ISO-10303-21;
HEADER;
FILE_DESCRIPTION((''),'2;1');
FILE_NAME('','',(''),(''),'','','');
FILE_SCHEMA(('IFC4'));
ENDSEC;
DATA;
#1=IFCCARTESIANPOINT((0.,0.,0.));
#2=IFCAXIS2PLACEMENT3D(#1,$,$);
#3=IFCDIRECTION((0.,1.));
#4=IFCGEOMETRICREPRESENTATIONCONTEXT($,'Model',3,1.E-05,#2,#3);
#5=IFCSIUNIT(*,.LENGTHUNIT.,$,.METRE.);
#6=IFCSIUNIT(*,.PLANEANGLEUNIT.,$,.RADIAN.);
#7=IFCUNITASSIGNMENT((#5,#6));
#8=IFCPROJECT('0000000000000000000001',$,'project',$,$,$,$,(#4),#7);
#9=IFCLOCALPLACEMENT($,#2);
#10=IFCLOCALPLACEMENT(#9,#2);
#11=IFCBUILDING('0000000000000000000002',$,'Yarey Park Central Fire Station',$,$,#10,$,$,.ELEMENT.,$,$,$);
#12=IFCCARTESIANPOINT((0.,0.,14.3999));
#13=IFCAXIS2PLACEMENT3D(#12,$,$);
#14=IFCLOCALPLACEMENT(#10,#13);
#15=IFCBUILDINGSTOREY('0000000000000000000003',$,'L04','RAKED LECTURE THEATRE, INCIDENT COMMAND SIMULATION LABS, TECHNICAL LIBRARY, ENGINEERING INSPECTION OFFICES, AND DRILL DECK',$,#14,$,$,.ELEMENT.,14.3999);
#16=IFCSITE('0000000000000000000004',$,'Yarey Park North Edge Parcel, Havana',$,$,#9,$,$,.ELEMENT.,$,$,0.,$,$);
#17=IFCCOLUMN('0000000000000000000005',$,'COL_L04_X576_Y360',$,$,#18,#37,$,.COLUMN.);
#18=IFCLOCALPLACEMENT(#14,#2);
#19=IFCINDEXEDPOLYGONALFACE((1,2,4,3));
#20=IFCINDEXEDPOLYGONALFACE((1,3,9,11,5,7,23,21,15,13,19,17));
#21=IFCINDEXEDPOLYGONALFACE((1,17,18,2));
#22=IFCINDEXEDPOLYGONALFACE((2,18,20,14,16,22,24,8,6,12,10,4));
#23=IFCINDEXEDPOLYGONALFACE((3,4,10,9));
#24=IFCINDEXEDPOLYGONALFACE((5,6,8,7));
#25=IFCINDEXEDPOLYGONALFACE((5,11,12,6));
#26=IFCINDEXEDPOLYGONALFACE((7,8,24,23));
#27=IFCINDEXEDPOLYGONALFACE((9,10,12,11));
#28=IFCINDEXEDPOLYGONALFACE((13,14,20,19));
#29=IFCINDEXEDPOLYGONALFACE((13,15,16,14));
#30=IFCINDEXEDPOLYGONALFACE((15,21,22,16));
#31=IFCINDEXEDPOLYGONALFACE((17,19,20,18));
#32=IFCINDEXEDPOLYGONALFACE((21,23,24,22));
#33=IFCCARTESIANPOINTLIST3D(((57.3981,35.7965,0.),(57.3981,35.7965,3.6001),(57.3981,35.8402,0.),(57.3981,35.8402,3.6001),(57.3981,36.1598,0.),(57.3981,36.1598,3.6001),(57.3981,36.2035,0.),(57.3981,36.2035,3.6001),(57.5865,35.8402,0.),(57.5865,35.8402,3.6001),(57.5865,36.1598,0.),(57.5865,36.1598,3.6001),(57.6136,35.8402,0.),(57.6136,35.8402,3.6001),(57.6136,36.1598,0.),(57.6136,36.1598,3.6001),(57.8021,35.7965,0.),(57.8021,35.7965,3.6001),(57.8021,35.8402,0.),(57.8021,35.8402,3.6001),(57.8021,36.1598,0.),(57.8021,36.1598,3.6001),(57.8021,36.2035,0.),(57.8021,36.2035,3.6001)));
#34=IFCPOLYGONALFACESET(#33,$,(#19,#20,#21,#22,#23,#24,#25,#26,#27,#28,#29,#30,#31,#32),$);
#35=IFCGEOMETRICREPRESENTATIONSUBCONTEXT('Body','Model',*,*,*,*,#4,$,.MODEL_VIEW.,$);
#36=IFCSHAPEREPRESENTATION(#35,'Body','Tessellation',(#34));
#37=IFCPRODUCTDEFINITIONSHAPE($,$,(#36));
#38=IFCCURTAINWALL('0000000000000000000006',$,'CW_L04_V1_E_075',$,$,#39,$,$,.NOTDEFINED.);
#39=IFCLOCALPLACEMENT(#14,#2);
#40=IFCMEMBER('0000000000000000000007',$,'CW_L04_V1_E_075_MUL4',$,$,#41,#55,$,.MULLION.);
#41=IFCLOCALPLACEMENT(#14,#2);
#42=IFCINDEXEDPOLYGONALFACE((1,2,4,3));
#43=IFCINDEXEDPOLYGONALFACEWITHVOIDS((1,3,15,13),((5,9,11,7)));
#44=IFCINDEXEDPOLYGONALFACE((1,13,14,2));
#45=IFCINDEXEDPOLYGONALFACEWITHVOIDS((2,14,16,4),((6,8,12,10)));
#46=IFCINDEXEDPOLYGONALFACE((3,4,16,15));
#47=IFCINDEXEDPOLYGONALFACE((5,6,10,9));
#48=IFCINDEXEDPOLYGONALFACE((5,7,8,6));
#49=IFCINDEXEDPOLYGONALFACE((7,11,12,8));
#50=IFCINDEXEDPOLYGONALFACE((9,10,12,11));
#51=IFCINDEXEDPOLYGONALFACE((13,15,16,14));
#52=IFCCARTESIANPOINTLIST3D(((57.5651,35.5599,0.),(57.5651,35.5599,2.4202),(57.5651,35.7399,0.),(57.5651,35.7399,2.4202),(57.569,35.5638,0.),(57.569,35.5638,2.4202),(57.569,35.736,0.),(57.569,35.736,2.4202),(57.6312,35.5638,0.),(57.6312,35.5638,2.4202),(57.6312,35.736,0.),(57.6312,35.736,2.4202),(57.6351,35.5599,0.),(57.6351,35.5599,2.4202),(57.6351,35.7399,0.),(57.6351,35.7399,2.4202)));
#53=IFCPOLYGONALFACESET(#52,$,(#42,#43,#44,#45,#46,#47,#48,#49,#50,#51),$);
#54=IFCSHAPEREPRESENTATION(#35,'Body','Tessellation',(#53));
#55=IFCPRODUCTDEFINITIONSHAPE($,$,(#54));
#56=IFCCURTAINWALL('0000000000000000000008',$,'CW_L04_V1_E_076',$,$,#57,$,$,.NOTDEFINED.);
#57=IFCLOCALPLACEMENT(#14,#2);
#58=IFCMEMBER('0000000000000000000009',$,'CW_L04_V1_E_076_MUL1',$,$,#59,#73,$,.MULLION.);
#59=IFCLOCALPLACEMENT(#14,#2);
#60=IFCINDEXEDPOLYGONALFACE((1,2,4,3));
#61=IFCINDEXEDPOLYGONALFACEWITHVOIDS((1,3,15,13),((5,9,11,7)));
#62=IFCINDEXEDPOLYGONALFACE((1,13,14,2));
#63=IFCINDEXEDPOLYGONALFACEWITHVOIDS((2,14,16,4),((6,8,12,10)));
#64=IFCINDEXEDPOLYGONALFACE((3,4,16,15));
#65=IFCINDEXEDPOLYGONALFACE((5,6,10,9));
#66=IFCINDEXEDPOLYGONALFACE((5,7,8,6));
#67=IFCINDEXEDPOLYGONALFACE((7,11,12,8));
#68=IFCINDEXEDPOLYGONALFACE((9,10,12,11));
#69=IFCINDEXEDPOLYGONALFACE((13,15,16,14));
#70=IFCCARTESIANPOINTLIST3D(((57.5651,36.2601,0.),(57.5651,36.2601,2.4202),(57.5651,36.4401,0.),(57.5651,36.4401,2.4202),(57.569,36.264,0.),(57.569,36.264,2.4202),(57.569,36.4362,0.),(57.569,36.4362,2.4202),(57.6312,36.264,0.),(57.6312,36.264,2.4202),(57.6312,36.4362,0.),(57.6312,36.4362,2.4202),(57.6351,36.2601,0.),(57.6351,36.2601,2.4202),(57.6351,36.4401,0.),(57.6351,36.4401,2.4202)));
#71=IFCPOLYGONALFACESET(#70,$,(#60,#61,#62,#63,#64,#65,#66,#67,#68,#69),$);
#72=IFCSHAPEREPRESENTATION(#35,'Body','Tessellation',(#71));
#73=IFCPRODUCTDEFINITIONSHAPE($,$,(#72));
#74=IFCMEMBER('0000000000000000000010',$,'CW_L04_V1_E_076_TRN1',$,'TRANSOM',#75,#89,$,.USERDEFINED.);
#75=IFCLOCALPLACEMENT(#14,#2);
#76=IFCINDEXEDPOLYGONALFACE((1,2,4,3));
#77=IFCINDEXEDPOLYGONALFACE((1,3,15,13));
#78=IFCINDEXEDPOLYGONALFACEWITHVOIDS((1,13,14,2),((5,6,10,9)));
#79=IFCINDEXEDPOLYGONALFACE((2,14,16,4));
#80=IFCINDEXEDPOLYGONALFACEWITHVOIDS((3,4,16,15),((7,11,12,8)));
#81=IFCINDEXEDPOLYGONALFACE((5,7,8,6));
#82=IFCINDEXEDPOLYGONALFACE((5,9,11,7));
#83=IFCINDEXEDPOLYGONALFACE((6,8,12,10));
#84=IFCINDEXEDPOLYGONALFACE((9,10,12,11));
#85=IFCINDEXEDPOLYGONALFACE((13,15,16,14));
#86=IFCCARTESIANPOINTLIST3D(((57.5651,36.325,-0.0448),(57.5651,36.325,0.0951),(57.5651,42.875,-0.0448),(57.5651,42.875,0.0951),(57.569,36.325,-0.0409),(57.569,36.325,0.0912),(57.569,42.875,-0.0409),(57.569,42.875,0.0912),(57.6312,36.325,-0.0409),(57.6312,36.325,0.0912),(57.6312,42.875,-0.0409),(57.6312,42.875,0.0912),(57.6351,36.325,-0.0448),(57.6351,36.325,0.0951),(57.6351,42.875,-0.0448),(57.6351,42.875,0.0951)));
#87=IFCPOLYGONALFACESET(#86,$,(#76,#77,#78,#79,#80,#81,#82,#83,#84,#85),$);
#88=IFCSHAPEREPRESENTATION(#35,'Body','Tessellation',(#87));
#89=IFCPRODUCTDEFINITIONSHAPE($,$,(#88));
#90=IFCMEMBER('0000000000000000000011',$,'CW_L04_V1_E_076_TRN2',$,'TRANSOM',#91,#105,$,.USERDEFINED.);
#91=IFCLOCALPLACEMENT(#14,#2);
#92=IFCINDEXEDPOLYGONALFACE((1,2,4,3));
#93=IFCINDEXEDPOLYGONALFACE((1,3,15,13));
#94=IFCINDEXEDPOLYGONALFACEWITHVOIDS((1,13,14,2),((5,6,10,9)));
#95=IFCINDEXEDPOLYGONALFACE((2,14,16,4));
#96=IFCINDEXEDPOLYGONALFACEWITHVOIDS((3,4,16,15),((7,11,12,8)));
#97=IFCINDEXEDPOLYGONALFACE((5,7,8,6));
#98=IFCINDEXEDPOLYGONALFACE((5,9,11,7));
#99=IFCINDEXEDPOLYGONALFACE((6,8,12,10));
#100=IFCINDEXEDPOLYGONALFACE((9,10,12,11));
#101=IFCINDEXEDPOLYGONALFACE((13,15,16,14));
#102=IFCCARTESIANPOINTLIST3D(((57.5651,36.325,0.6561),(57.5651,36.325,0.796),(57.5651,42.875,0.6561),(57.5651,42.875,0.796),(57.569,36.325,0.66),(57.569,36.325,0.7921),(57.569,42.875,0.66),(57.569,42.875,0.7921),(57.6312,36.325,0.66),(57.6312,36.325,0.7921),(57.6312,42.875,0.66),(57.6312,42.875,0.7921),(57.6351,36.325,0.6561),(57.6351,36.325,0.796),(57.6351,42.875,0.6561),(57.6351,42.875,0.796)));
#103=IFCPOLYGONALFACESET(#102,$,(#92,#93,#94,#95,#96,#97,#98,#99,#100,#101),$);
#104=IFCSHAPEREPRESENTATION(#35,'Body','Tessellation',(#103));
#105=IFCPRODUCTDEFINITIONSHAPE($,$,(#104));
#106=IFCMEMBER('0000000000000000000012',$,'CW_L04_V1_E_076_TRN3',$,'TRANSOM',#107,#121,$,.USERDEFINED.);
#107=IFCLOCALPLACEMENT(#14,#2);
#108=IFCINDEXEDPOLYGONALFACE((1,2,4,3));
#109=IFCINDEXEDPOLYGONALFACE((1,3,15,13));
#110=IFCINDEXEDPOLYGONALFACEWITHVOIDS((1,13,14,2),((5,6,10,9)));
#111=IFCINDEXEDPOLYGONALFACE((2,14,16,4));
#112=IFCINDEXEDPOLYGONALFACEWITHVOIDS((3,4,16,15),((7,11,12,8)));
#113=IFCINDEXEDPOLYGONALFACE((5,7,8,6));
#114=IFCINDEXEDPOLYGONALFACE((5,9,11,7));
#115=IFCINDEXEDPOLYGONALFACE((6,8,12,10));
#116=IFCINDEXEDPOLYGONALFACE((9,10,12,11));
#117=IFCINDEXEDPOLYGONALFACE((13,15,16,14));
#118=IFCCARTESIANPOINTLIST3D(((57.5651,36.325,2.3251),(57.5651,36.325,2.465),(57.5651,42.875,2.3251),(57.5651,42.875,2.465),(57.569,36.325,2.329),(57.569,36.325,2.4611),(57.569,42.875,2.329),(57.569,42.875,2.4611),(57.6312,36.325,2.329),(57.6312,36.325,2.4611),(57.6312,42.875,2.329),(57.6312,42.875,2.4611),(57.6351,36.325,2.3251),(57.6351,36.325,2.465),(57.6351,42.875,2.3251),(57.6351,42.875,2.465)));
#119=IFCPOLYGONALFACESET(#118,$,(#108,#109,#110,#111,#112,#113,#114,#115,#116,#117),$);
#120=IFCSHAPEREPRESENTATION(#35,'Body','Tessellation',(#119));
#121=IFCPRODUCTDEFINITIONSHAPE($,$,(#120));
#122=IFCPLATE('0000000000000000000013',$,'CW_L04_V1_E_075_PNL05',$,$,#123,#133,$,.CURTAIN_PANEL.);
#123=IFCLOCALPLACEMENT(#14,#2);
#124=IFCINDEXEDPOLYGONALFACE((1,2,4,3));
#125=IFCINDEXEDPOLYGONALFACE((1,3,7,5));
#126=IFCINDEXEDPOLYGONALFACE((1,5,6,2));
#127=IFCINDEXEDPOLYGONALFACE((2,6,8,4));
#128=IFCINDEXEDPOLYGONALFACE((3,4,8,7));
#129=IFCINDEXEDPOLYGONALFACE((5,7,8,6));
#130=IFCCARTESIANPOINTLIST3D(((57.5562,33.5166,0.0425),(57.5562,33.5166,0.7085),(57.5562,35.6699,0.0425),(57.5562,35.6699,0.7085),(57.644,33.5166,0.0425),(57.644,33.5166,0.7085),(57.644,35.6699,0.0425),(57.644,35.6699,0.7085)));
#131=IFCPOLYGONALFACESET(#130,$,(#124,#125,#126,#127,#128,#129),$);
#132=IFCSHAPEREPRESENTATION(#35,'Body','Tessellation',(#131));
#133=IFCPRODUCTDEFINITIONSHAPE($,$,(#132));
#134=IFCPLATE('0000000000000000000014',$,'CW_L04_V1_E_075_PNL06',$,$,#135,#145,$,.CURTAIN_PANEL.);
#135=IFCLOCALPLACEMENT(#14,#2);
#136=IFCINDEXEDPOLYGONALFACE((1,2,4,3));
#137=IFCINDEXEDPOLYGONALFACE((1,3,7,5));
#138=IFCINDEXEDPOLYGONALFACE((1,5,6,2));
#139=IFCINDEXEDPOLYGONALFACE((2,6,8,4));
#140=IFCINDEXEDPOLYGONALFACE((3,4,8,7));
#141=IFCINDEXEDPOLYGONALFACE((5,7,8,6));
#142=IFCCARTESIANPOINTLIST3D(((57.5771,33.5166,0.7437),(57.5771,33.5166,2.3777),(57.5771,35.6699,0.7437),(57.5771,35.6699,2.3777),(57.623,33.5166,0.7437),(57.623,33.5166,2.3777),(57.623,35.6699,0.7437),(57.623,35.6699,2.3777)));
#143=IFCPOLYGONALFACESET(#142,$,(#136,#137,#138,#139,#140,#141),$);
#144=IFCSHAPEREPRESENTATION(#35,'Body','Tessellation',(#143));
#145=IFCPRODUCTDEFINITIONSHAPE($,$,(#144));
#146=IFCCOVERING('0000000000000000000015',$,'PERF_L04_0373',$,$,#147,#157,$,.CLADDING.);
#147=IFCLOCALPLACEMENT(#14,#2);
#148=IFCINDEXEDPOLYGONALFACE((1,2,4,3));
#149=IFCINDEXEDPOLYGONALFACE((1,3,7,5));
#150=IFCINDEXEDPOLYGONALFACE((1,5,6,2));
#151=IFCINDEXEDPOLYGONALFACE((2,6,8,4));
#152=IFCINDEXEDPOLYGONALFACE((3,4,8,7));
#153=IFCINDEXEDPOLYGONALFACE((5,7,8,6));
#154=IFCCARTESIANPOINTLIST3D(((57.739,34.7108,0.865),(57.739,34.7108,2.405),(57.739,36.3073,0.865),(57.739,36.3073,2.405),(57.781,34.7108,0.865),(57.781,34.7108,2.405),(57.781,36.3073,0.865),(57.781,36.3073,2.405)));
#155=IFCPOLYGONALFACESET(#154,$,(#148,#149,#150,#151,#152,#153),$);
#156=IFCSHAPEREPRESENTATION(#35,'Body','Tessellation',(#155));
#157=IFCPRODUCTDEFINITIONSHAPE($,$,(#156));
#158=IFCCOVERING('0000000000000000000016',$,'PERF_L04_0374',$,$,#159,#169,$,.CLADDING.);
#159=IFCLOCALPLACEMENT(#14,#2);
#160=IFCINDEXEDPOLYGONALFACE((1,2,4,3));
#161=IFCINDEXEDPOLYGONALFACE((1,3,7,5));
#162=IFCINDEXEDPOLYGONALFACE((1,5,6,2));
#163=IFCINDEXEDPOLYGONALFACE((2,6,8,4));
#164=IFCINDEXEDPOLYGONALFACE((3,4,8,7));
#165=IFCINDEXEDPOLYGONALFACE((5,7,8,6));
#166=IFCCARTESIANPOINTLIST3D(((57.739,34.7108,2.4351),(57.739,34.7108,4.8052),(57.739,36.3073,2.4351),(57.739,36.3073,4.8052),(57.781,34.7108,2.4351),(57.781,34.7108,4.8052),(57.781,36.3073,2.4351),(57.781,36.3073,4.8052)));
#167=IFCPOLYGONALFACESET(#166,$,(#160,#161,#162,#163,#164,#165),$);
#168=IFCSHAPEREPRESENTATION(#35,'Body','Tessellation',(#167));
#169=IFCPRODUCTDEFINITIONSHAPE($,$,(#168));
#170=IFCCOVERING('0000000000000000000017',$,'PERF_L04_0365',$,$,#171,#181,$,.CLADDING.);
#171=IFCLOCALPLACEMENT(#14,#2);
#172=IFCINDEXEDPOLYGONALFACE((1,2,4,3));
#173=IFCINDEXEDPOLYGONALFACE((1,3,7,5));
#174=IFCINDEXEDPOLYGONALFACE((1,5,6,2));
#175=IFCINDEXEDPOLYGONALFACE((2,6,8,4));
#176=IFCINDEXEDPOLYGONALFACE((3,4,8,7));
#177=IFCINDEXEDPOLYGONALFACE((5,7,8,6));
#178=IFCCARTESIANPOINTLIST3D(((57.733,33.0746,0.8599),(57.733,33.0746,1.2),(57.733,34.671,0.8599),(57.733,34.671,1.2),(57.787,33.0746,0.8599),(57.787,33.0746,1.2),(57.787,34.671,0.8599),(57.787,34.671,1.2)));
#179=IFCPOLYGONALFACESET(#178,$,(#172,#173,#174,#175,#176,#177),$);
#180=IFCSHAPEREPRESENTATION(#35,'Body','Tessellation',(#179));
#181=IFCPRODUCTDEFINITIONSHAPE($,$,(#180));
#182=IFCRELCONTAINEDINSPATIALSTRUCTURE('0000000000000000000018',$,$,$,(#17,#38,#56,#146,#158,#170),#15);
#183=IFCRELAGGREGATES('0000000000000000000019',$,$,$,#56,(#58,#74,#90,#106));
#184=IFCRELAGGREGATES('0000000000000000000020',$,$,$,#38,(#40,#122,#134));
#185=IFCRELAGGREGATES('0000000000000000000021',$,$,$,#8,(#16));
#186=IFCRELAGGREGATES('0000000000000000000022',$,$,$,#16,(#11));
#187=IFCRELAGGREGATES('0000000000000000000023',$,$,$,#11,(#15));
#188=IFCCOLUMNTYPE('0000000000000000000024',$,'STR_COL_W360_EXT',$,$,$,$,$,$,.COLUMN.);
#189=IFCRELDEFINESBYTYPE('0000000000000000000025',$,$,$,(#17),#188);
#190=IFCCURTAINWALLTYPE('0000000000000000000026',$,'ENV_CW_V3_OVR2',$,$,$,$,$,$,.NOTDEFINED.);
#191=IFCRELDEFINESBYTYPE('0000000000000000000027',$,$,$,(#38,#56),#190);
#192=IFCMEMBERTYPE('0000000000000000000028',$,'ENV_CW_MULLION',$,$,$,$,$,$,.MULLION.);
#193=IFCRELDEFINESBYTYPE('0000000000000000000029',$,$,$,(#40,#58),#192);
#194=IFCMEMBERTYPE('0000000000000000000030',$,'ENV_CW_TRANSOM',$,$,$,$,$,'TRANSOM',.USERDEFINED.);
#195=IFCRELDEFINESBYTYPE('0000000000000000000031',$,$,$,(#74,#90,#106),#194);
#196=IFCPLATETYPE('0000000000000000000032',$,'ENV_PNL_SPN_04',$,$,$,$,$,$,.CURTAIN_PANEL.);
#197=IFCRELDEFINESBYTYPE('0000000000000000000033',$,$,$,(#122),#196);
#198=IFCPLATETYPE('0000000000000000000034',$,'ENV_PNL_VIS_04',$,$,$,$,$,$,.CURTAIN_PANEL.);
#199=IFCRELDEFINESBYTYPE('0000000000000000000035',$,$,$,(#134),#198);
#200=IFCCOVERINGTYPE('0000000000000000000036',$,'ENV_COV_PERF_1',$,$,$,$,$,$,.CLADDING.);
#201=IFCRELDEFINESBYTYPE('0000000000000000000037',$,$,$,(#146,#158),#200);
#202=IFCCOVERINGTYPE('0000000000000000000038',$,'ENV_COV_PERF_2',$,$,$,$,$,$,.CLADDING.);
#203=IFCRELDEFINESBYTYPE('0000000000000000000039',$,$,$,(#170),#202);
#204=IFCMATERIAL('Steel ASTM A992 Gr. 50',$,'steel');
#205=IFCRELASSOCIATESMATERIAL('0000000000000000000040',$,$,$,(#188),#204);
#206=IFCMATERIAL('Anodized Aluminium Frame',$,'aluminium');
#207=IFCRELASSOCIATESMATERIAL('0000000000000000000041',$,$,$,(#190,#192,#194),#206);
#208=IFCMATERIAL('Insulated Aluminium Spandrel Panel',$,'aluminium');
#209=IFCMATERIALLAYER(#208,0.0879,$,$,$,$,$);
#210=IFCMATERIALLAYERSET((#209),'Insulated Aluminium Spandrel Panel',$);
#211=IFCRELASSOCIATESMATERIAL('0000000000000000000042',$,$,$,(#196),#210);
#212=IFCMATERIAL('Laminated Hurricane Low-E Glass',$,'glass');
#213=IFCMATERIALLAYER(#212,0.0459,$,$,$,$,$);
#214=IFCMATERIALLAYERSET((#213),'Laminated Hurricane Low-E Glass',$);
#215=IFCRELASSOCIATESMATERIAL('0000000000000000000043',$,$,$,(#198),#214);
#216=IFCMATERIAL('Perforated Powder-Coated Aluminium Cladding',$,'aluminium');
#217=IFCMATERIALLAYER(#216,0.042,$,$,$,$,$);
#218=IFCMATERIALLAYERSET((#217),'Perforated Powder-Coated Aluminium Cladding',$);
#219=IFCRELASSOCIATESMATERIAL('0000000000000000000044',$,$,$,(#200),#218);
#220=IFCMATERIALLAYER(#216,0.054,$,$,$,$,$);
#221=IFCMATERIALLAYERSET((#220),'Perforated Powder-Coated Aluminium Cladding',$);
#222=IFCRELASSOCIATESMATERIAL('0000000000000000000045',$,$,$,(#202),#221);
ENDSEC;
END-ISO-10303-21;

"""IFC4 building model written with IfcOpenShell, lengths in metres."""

from ifc_helpers import new_model, si_unit, direction, frame, origin, origin_2d, place, context, subcontext, project, spatial, rectangle, hollow_rectangle, i_section, extrude, material, layer, layer_set, material_profile, profile_set, type_object, element, aggregate, save


model = new_model("IFC4")

# Units and contexts
model_context = context("Model", 3, precision=1e-05, world=origin(), true_north=direction((0.0, 1.0)))
body_context = subcontext(model_context, "Body", "Model", "MODEL_VIEW")
ifc_project = project(units=[si_unit("LENGTHUNIT", "METRE"), si_unit("PLANEANGLEUNIT", "RADIAN")], contexts=[model_context])

# Site, building, storey
site_placement = place(None, origin())
site = spatial("IfcSite", under=ifc_project, at=site_placement, Name="Yarey Park North Edge Parcel, Havana", CompositionType="ELEMENT", RefElevation=0.0)
building_placement = place(site_placement, origin())
building = spatial("IfcBuilding", under=site, at=building_placement, Name="Yarey Park Central Fire Station", CompositionType="ELEMENT")
storey_placement = place(building_placement, frame((0.0, 0.0, 14.3999)))
storey = spatial("IfcBuildingStorey", under=building, at=storey_placement, Name="L04", Description="RAKED LECTURE THEATRE, INCIDENT COMMAND SIMULATION LABS, TECHNICAL LIBRARY, ENGINEERING INSPECTION OFFICES, AND DRILL DECK", CompositionType="ELEMENT", Elevation=14.3999)

# Column
ifc_material_1 = material(Name="Steel ASTM A992 Gr. 50", Category="steel")
ifc_material_profile_1 = material_profile(ifc_material_1, i_section(OverallWidth=0.4041, OverallDepth=0.407, WebThickness=0.0271, FlangeThickness=0.0437, at=origin_2d()), Name="W360x347")
ifc_profile_set_1 = profile_set([ifc_material_profile_1], Name="Steel ASTM A992 Gr. 50")
column_type = type_object("IfcColumnType", Name="STR_COL_W360_EXT", PredefinedType="COLUMN", material=ifc_profile_set_1)
column_placement = place(storey_placement, frame((57.6001, 36.0, 0.0), z_axis=(0.0, 0.0, 1.0), x_axis=(1.0, 0.0, 0.0)))
element("IfcColumn", 1, at=column_placement, inside=storey, type_object=column_type, Name="COL_L04_X576_Y360", PredefinedType="COLUMN", context=body_context, shape_type="SweptSolid", body=[
    extrude(i_section(OverallWidth=0.4041, OverallDepth=0.407, WebThickness=0.0271, FlangeThickness=0.0437, at=origin_2d()), origin(), (0.0, 0.0, 1.0), 3.6001),
])

# Curtain wall, member
ifc_material_2 = material(Name="Anodized Aluminium Frame", Category="aluminium")
curtain_wall_type = type_object("IfcCurtainWallType", Name="ENV_CW_V3_OVR2", PredefinedType="NOTDEFINED", material=ifc_material_2)
curtain_wall_1_placement = place(storey_placement, origin())
curtain_wall_1 = element("IfcCurtainWall", 2, at=curtain_wall_1_placement, inside=storey, type_object=curtain_wall_type, Name="CW_L04_V1_E_075", PredefinedType="NOTDEFINED")
ifc_material_profile_2 = material_profile(ifc_material_2, hollow_rectangle(XDim=0.0701, YDim=0.1799, WallThickness=0.0039, at=origin_2d()), Name="ALU 180x70x4")
ifc_profile_set_2 = profile_set([ifc_material_profile_2], Name="Anodized Aluminium Frame")
member_type_1 = type_object("IfcMemberType", Name="ENV_CW_MULLION", PredefinedType="MULLION", material=ifc_profile_set_2)
member_1_placement = place(storey_placement, frame((57.6001, 35.6499, 0.0), z_axis=(0.0, 0.0, 1.0), x_axis=(1.0, 0.0, 0.0)))
member_1 = element("IfcMember", 3, at=member_1_placement, type_object=member_type_1, Name="CW_L04_V1_E_075_MUL4", PredefinedType="MULLION", context=body_context, shape_type="SweptSolid", body=[
    extrude(hollow_rectangle(XDim=0.0701, YDim=0.1799, WallThickness=0.0039, at=origin_2d()), origin(), (0.0, 0.0, 1.0), 2.4202),
])

# Curtain wall, members
curtain_wall_2_placement = place(storey_placement, origin())
curtain_wall_2 = element("IfcCurtainWall", 4, at=curtain_wall_2_placement, inside=storey, type_object=curtain_wall_type, Name="CW_L04_V1_E_076", PredefinedType="NOTDEFINED")
member_2_placement = place(storey_placement, frame((57.6001, 36.3501, 0.0), z_axis=(0.0, 0.0, 1.0), x_axis=(1.0, 0.0, 0.0)))
member_2 = element("IfcMember", 5, at=member_2_placement, type_object=member_type_1, Name="CW_L04_V1_E_076_MUL1", PredefinedType="MULLION", context=body_context, shape_type="SweptSolid", body=[
    extrude(hollow_rectangle(XDim=0.0701, YDim=0.1799, WallThickness=0.0039, at=origin_2d()), origin(), (0.0, 0.0, 1.0), 2.4202),
])
ifc_material_profile_3 = material_profile(ifc_material_2, hollow_rectangle(XDim=0.0701, YDim=0.1399, WallThickness=0.0039, at=origin_2d()), Name="ALU 140x70x4")
ifc_profile_set_3 = profile_set([ifc_material_profile_3], Name="Anodized Aluminium Frame")
member_type_2 = type_object("IfcMemberType", Name="ENV_CW_TRANSOM", ElementType="TRANSOM", PredefinedType="USERDEFINED", material=ifc_profile_set_3)
member_3_placement = place(storey_placement, frame((57.6001, 36.325, 0.0251), z_axis=(0.0, 1.0, 0.0), x_axis=(-1.0, 0.0, 0.0)))
member_3 = element("IfcMember", 6, at=member_3_placement, type_object=member_type_2, Name="CW_L04_V1_E_076_TRN1", ObjectType="TRANSOM", PredefinedType="USERDEFINED", context=body_context, shape_type="SweptSolid", body=[
    extrude(hollow_rectangle(XDim=0.0701, YDim=0.1399, WallThickness=0.0039, at=origin_2d()), origin(), (0.0, 0.0, 1.0), 6.55),
])
member_4_placement = place(storey_placement, frame((57.6001, 36.325, 0.7261), z_axis=(0.0, 1.0, 0.0), x_axis=(-1.0, 0.0, 0.0)))
member_4 = element("IfcMember", 7, at=member_4_placement, type_object=member_type_2, Name="CW_L04_V1_E_076_TRN2", ObjectType="TRANSOM", PredefinedType="USERDEFINED", context=body_context, shape_type="SweptSolid", body=[
    extrude(hollow_rectangle(XDim=0.0701, YDim=0.1399, WallThickness=0.0039, at=origin_2d()), origin(), (0.0, 0.0, 1.0), 6.55),
])
member_5_placement = place(storey_placement, frame((57.6001, 36.325, 2.395), z_axis=(0.0, 1.0, 0.0), x_axis=(-1.0, 0.0, 0.0)))
member_5 = element("IfcMember", 8, at=member_5_placement, type_object=member_type_2, Name="CW_L04_V1_E_076_TRN3", ObjectType="TRANSOM", PredefinedType="USERDEFINED", context=body_context, shape_type="SweptSolid", body=[
    extrude(hollow_rectangle(XDim=0.0701, YDim=0.1399, WallThickness=0.0039, at=origin_2d()), origin(), (0.0, 0.0, 1.0), 6.55),
])
aggregate(curtain_wall_2, [member_2, member_3, member_4, member_5])

# Plates
ifc_material_3 = material(Name="Insulated Aluminium Spandrel Panel", Category="aluminium")
ifc_layer_1 = layer(ifc_material_3, 0.0879)
ifc_layer_set_1 = layer_set([ifc_layer_1], Name="Insulated Aluminium Spandrel Panel")
plate_type_1 = type_object("IfcPlateType", Name="ENV_PNL_SPN_04", PredefinedType="CURTAIN_PANEL", material=ifc_layer_set_1)
plate_1_placement = place(storey_placement, frame((57.6001, 34.5933, 0.0425), z_axis=(0.0, 0.0, 1.0), x_axis=(0.0, 1.0, 0.0)))
plate_1 = element("IfcPlate", 9, at=plate_1_placement, type_object=plate_type_1, Name="CW_L04_V1_E_075_PNL05", PredefinedType="CURTAIN_PANEL", context=body_context, shape_type="SweptSolid", body=[
    extrude(rectangle(XDim=2.1533, YDim=0.0879, at=origin_2d()), origin(), (0.0, 0.0, 1.0), 0.666),
])
ifc_material_4 = material(Name="Laminated Hurricane Low-E Glass", Category="glass")
ifc_layer_2 = layer(ifc_material_4, 0.0459)
ifc_layer_set_2 = layer_set([ifc_layer_2], Name="Laminated Hurricane Low-E Glass")
plate_type_2 = type_object("IfcPlateType", Name="ENV_PNL_VIS_04", PredefinedType="CURTAIN_PANEL", material=ifc_layer_set_2)
plate_2_placement = place(storey_placement, frame((57.6001, 34.5933, 0.7437), z_axis=(0.0, 0.0, 1.0), x_axis=(0.0, 1.0, 0.0)))
plate_2 = element("IfcPlate", 10, at=plate_2_placement, type_object=plate_type_2, Name="CW_L04_V1_E_075_PNL06", PredefinedType="CURTAIN_PANEL", context=body_context, shape_type="SweptSolid", body=[
    extrude(rectangle(XDim=2.1533, YDim=0.0459, at=origin_2d()), origin(), (0.0, 0.0, 1.0), 1.634),
])
aggregate(curtain_wall_1, [member_1, plate_1, plate_2])

# Coverings
ifc_material_5 = material(Name="Perforated Powder-Coated Aluminium Cladding", Category="aluminium")
ifc_layer_3 = layer(ifc_material_5, 0.042)
ifc_layer_set_3 = layer_set([ifc_layer_3], Name="Perforated Powder-Coated Aluminium Cladding")
covering_type_1 = type_object("IfcCoveringType", Name="ENV_COV_PERF_1", PredefinedType="CLADDING", material=ifc_layer_set_3)
covering_1_placement = place(storey_placement, frame((57.76, 35.509, 0.865), z_axis=(0.0, 0.0, 1.0), x_axis=(0.0, 1.0, 0.0)))
element("IfcCovering", 11, at=covering_1_placement, inside=storey, type_object=covering_type_1, Name="PERF_L04_0373", PredefinedType="CLADDING", context=body_context, shape_type="SweptSolid", body=[
    extrude(rectangle(XDim=1.5964, YDim=0.042, at=origin_2d()), origin(), (0.0, 0.0, 1.0), 1.54),
])
covering_2_placement = place(storey_placement, frame((57.76, 35.509, 2.4351), z_axis=(0.0, 0.0, 1.0), x_axis=(0.0, 1.0, 0.0)))
element("IfcCovering", 12, at=covering_2_placement, inside=storey, type_object=covering_type_1, Name="PERF_L04_0374", PredefinedType="CLADDING", context=body_context, shape_type="SweptSolid", body=[
    extrude(rectangle(XDim=1.5964, YDim=0.042, at=origin_2d()), origin(), (0.0, 0.0, 1.0), 2.3701),
])
ifc_layer_4 = layer(ifc_material_5, 0.054)
ifc_layer_set_4 = layer_set([ifc_layer_4], Name="Perforated Powder-Coated Aluminium Cladding")
covering_type_2 = type_object("IfcCoveringType", Name="ENV_COV_PERF_2", PredefinedType="CLADDING", material=ifc_layer_set_4)
for number, where, z_axis, x_axis, name in (
    (13, (57.76, 33.8728, 0.8599), (0.0, 0.0, 1.0), (0.0, 1.0, 0.0), "PERF_L04_0365"),
):
    element("IfcCovering", number, at=place(storey_placement, frame(where, z_axis=z_axis, x_axis=x_axis)), inside=storey, type_object=covering_type_2, Name=name, PredefinedType="CLADDING", context=body_context, shape_type="SweptSolid", body=[
        extrude(rectangle(XDim=1.5964, YDim=0.054, at=origin_2d()), origin(), (0.0, 0.0, 1.0), 0.3401),
    ])

save(model, "model.ifc")
